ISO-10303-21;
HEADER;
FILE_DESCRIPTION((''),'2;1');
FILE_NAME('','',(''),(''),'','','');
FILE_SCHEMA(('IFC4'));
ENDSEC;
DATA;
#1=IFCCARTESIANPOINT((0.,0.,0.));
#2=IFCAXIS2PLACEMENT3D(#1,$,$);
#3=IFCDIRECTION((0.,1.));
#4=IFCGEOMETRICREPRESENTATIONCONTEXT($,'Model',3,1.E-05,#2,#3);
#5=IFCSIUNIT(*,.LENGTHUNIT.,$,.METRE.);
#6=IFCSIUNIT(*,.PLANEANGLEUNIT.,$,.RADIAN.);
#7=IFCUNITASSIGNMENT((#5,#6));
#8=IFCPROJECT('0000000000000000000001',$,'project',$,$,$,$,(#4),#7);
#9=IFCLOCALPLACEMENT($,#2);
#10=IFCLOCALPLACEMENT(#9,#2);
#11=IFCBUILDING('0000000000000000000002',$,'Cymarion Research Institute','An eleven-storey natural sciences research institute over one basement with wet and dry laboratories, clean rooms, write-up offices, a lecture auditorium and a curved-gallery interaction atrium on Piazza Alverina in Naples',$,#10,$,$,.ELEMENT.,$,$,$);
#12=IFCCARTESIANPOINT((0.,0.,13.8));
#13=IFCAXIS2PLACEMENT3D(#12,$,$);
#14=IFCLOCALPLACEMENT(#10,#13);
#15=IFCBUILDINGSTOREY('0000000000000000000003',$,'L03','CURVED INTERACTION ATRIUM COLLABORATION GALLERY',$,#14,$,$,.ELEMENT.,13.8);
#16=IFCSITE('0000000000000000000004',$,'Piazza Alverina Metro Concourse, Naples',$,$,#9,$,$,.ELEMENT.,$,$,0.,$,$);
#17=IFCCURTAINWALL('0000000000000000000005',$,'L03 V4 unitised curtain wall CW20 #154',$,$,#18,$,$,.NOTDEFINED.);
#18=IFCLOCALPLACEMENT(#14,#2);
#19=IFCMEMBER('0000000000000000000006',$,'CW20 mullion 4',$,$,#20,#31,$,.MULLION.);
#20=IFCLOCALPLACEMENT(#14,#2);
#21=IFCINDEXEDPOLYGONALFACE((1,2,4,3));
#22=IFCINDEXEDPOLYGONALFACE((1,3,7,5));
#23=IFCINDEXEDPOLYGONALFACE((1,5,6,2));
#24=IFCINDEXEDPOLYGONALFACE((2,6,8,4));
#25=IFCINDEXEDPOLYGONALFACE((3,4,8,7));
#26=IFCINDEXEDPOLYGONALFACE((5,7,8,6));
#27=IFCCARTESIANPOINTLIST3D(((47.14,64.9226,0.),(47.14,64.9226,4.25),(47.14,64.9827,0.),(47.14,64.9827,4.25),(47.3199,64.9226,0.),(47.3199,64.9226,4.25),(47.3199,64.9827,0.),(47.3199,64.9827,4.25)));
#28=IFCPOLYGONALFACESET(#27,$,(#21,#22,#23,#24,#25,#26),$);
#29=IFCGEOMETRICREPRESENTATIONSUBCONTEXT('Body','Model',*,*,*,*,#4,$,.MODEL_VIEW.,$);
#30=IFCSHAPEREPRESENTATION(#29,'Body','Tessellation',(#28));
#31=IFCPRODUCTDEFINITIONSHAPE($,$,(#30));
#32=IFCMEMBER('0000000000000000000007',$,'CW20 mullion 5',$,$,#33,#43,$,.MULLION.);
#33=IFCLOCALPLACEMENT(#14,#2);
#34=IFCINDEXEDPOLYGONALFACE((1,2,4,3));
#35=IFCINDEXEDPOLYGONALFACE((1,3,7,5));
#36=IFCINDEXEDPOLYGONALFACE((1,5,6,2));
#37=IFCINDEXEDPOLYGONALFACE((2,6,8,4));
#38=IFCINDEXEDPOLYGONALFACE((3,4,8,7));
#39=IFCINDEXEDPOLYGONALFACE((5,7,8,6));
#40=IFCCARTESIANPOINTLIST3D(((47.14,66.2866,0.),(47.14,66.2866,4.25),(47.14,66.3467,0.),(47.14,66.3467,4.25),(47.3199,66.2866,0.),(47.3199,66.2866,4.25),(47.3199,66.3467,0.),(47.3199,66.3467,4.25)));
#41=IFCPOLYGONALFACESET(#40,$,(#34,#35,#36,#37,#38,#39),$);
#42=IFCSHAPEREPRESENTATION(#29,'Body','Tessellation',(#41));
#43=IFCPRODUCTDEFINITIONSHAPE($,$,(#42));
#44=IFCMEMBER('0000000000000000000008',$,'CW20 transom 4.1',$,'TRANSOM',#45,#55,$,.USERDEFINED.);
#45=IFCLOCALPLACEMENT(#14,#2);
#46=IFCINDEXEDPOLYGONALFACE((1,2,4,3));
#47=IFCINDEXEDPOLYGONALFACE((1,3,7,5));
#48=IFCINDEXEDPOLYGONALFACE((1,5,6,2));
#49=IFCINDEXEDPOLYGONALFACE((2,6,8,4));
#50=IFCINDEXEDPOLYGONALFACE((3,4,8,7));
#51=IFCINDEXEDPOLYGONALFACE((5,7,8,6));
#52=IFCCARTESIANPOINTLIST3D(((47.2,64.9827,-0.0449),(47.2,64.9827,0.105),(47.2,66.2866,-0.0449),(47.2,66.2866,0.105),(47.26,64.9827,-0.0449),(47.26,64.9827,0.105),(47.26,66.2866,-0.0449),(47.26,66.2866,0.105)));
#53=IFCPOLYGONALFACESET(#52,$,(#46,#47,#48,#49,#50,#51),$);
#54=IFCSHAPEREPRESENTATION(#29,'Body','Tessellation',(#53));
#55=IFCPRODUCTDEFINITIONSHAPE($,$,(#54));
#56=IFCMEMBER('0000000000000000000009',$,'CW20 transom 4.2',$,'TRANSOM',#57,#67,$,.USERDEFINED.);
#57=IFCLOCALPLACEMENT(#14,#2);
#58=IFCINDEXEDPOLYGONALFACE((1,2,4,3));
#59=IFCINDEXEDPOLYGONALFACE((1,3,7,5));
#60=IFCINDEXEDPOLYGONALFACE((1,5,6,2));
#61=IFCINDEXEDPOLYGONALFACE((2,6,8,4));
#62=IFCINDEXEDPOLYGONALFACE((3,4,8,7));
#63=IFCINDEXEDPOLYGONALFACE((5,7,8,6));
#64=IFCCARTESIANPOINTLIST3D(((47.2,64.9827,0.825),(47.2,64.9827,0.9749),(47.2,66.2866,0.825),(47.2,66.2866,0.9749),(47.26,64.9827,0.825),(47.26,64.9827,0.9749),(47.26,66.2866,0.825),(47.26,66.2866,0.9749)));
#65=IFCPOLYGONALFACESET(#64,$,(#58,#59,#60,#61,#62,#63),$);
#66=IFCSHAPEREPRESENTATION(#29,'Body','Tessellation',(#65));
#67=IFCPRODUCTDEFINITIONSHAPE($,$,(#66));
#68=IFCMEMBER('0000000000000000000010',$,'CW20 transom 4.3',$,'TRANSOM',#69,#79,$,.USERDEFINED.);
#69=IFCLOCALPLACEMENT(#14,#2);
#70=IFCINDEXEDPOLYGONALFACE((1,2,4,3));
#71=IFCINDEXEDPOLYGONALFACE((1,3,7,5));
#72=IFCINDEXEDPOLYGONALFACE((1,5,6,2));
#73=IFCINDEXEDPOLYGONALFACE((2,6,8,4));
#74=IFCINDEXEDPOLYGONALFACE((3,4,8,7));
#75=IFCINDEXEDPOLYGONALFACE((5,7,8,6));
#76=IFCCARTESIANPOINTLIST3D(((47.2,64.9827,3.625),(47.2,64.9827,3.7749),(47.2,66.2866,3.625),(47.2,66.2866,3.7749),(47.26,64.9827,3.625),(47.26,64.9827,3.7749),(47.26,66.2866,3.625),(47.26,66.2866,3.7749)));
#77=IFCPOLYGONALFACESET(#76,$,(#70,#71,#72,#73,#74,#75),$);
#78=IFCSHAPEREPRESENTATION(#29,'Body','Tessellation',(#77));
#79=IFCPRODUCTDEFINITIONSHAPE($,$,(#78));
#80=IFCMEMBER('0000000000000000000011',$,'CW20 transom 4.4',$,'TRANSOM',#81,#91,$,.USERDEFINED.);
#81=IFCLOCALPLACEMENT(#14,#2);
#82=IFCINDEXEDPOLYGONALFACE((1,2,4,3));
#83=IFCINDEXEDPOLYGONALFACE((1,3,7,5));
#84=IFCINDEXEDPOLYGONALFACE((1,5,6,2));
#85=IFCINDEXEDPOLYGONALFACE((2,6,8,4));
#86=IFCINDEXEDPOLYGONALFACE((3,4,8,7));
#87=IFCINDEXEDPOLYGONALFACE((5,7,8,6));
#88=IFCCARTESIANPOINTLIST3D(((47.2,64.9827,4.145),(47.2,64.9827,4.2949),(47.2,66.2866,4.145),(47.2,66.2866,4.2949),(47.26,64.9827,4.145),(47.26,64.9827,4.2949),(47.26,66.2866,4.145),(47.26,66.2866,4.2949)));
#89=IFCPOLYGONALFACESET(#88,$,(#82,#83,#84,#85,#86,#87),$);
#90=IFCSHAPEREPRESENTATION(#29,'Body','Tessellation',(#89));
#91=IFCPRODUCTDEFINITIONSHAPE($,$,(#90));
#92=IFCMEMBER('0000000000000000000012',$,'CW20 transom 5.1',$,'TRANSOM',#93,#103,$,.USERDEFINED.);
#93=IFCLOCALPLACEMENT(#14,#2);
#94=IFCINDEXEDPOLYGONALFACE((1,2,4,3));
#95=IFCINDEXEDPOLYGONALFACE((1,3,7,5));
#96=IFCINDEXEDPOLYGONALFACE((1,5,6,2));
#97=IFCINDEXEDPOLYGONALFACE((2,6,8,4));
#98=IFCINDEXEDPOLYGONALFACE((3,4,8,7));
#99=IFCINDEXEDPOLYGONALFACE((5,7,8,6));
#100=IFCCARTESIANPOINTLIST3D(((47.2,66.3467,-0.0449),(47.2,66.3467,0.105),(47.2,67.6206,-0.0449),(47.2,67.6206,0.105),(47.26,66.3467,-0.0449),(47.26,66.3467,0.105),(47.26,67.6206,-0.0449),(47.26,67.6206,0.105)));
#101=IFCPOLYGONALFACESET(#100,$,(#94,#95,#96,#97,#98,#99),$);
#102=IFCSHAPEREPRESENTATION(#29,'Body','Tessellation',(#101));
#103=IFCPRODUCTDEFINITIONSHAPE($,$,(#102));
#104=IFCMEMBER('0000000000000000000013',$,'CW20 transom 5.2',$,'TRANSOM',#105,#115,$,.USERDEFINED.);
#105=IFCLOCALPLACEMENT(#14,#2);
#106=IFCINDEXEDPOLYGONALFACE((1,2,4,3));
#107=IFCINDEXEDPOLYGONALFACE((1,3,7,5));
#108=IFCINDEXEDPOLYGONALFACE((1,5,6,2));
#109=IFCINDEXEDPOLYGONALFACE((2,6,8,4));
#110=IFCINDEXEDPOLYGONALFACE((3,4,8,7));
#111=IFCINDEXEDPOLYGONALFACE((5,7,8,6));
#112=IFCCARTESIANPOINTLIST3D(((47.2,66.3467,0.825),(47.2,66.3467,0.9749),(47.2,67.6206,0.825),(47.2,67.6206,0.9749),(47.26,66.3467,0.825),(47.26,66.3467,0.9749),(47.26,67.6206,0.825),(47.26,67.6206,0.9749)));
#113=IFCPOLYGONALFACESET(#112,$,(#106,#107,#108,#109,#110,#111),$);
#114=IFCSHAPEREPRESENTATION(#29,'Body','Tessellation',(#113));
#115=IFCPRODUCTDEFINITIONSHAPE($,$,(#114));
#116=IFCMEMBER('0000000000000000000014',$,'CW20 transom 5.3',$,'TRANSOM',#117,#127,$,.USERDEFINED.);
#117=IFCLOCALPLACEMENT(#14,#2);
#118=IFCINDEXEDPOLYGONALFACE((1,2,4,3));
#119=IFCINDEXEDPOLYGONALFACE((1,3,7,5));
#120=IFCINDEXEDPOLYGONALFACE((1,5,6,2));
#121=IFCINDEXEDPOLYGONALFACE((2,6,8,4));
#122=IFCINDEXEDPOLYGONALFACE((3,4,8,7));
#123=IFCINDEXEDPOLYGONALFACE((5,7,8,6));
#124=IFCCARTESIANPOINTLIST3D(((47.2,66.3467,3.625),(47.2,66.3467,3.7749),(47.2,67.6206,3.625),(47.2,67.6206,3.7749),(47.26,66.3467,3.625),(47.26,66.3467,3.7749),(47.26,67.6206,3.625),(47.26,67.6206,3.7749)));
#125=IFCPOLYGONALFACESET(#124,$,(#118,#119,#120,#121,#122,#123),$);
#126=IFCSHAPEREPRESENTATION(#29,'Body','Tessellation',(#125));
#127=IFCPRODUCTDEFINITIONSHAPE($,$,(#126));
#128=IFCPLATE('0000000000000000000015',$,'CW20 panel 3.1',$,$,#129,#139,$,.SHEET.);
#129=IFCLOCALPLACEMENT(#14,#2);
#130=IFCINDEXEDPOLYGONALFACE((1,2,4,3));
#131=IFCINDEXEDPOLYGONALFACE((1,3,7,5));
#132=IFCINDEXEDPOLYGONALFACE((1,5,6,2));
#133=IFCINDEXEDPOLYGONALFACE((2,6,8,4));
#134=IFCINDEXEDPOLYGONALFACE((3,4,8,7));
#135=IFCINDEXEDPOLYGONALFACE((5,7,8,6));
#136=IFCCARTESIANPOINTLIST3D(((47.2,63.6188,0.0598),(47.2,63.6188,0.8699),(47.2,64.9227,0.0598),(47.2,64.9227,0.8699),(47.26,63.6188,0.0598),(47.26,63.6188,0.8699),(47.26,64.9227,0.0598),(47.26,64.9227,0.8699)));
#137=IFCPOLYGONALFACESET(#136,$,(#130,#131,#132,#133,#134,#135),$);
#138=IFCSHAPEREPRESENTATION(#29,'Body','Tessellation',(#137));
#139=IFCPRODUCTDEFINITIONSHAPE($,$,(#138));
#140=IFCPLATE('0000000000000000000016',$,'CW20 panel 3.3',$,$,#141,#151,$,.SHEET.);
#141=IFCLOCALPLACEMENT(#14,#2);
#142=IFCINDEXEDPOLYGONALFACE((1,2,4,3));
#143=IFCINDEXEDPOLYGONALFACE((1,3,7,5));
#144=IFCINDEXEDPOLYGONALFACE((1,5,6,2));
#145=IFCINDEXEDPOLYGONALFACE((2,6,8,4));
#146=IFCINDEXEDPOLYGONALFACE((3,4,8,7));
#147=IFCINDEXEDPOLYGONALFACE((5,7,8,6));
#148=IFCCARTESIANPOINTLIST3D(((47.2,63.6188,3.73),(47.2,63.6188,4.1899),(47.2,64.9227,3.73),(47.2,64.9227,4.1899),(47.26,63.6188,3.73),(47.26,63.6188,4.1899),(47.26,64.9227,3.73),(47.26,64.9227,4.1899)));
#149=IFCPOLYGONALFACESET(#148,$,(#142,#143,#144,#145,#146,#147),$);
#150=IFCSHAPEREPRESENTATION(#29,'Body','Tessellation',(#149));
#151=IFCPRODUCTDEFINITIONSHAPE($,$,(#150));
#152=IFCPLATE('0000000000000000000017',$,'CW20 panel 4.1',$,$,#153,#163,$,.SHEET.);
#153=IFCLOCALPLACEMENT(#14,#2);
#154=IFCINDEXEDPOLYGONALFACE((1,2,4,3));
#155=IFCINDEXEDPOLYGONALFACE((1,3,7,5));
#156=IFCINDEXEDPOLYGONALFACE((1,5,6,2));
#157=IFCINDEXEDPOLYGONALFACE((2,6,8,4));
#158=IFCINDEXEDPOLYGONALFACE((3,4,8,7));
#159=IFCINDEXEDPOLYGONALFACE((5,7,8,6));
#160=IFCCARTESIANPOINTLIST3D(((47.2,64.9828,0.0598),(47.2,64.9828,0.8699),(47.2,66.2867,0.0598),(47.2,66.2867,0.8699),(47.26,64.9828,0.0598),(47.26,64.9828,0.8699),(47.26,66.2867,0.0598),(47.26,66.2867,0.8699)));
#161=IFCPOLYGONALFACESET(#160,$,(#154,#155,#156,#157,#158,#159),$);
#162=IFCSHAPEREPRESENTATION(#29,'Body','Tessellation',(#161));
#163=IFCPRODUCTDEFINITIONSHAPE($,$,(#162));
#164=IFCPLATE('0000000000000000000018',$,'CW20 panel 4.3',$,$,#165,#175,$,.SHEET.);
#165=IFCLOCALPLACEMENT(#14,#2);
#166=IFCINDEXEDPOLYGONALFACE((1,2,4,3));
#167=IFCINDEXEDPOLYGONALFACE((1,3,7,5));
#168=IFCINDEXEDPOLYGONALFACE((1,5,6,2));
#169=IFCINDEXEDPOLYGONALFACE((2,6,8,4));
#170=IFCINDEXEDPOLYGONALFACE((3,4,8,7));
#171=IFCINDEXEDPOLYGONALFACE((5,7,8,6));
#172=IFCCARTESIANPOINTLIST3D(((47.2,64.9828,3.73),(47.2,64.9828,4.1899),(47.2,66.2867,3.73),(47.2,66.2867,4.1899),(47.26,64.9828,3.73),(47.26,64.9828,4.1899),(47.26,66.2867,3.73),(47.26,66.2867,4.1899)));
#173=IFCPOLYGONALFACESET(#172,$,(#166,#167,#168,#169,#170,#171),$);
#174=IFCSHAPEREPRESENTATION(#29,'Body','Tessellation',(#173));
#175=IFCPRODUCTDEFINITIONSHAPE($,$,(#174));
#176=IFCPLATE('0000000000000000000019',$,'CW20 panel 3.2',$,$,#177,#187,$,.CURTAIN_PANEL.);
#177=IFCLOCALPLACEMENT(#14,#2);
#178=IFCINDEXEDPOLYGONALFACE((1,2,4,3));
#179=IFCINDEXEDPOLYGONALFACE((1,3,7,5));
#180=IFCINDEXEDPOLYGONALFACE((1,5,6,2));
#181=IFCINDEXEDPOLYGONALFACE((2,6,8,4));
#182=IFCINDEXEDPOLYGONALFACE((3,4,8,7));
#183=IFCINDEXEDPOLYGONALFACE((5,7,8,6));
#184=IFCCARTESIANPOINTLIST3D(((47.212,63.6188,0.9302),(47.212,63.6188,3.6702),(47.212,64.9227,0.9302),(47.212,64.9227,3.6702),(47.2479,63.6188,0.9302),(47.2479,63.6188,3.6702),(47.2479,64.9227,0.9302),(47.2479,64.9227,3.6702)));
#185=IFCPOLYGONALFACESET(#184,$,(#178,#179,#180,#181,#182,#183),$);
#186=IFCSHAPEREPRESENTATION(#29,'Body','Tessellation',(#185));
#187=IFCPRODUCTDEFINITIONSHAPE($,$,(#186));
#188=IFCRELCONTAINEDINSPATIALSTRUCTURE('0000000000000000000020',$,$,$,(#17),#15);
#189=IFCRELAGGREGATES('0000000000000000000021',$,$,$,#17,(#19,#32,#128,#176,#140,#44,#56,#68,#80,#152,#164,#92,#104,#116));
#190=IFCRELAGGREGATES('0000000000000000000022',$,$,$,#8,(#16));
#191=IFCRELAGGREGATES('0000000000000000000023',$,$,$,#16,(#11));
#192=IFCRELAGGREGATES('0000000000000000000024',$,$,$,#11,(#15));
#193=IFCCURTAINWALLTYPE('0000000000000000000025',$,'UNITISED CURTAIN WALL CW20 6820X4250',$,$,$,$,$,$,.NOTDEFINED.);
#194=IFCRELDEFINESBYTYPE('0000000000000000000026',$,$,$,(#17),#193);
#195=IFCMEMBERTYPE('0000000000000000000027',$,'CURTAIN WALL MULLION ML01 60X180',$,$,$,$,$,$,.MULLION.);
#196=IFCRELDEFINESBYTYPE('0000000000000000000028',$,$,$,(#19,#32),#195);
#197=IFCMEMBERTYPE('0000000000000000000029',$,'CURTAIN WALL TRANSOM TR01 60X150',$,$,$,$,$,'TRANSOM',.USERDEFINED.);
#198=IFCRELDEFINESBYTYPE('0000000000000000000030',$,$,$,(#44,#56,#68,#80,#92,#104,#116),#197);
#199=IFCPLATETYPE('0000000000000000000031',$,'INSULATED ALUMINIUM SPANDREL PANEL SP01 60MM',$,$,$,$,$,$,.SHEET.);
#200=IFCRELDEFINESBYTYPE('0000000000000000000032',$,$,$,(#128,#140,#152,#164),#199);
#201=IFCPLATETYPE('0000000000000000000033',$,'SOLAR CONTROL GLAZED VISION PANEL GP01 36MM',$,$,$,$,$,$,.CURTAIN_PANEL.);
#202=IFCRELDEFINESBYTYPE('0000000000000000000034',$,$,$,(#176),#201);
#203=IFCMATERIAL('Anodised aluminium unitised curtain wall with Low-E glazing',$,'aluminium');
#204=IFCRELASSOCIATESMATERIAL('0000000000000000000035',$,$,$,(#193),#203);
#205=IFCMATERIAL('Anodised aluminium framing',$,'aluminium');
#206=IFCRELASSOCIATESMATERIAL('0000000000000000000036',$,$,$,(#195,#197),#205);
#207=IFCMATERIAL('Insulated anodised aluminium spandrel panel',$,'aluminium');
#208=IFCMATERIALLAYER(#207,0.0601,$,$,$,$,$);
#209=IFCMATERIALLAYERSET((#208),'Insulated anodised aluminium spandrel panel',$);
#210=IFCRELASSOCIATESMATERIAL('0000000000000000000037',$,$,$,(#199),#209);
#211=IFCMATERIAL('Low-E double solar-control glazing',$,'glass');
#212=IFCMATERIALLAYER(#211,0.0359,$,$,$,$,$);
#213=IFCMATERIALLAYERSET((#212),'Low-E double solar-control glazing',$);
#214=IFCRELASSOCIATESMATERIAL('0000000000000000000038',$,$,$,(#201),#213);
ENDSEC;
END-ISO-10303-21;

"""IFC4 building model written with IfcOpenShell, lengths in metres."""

from ifc_helpers import new_model, si_unit, direction, frame, origin, origin_2d, place, context, subcontext, project, spatial, rectangle, extrude, material, layer, layer_set, material_profile, profile_set, type_object, element, aggregate, save


model = new_model("IFC4")

# Units and contexts
model_context = context("Model", 3, precision=1e-05, world=origin(), true_north=direction((0.0, 1.0)))
body_context = subcontext(model_context, "Body", "Model", "MODEL_VIEW")
ifc_project = project(units=[si_unit("LENGTHUNIT", "METRE"), si_unit("PLANEANGLEUNIT", "RADIAN")], contexts=[model_context])

# Site, building, storey
site_placement = place(None, origin())
site = spatial("IfcSite", under=ifc_project, at=site_placement, Name="Piazza Alverina Metro Concourse, Naples", CompositionType="ELEMENT", RefElevation=0.0)
building_placement = place(site_placement, origin())
building = spatial("IfcBuilding", under=site, at=building_placement, Name="Cymarion Research Institute", Description="An eleven-storey natural sciences research institute over one basement with wet and dry laboratories, clean rooms, write-up offices, a lecture auditorium and a curved-gallery interaction atrium on Piazza Alverina in Naples", CompositionType="ELEMENT")
storey_placement = place(building_placement, frame((0.0, 0.0, 13.8)))
storey = spatial("IfcBuildingStorey", under=building, at=storey_placement, Name="L03", Description="CURVED INTERACTION ATRIUM COLLABORATION GALLERY", CompositionType="ELEMENT", Elevation=13.8)

# Curtain wall, members, plates
ifc_material_1 = material(Name="Anodised aluminium unitised curtain wall with Low-E glazing", Category="aluminium")
curtain_wall_type = type_object("IfcCurtainWallType", Name="UNITISED CURTAIN WALL CW20 6820X4250", PredefinedType="NOTDEFINED", material=ifc_material_1)
curtain_wall_placement = place(storey_placement, origin())
curtain_wall = element("IfcCurtainWall", 1, at=curtain_wall_placement, inside=storey, type_object=curtain_wall_type, Name="L03 V4 unitised curtain wall CW20 #154", PredefinedType="NOTDEFINED")
ifc_material_2 = material(Name="Anodised aluminium framing", Category="aluminium")
ifc_material_profile_1 = material_profile(ifc_material_2, rectangle(XDim=0.0601, YDim=0.1799, at=origin_2d()), Name="ALU MULLION 60x180")
ifc_profile_set_1 = profile_set([ifc_material_profile_1], Name="Anodised aluminium framing")
member_type_1 = type_object("IfcMemberType", Name="CURTAIN WALL MULLION ML01 60X180", PredefinedType="MULLION", material=ifc_profile_set_1)
member_1_placement = place(storey_placement, frame((47.23, 64.9526, 0.0), z_axis=(0.0, 0.0, 1.0), x_axis=(0.0, 1.0, 0.0)))
member_1 = element("IfcMember", 2, at=member_1_placement, type_object=member_type_1, Name="CW20 mullion 4", PredefinedType="MULLION", context=body_context, shape_type="SweptSolid", body=[
    extrude(rectangle(XDim=0.0601, YDim=0.1799, at=origin_2d()), origin(), (0.0, 0.0, 1.0), 4.25),
])
member_2_placement = place(storey_placement, frame((47.23, 66.3167, 0.0), z_axis=(0.0, 0.0, 1.0), x_axis=(0.0, 1.0, 0.0)))
member_2 = element("IfcMember", 3, at=member_2_placement, type_object=member_type_1, Name="CW20 mullion 5", PredefinedType="MULLION", context=body_context, shape_type="SweptSolid", body=[
    extrude(rectangle(XDim=0.0601, YDim=0.1799, at=origin_2d()), origin(), (0.0, 0.0, 1.0), 4.25),
])
ifc_material_profile_2 = material_profile(ifc_material_2, rectangle(XDim=0.0601, YDim=0.1499, at=origin_2d()), Name="ALU TRANSOM 60x150")
ifc_profile_set_2 = profile_set([ifc_material_profile_2], Name="Anodised aluminium framing")
member_type_2 = type_object("IfcMemberType", Name="CURTAIN WALL TRANSOM TR01 60X150", ElementType="TRANSOM", PredefinedType="USERDEFINED", material=ifc_profile_set_2)
member_3_placement = place(storey_placement, frame((47.23, 64.9827, 0.03), z_axis=(0.0, 1.0, 0.0), x_axis=(-1.0, 0.0, 0.0)))
member_3 = element("IfcMember", 4, at=member_3_placement, type_object=member_type_2, Name="CW20 transom 4.1", ObjectType="TRANSOM", PredefinedType="USERDEFINED", context=body_context, shape_type="SweptSolid", body=[
    extrude(rectangle(XDim=0.0601, YDim=0.1499, at=origin_2d()), origin(), (0.0, 0.0, 1.0), 1.304),
])
member_4_placement = place(storey_placement, frame((47.23, 64.9827, 0.8999), z_axis=(0.0, 1.0, 0.0), x_axis=(-1.0, 0.0, 0.0)))
member_4 = element("IfcMember", 5, at=member_4_placement, type_object=member_type_2, Name="CW20 transom 4.2", ObjectType="TRANSOM", PredefinedType="USERDEFINED", context=body_context, shape_type="SweptSolid", body=[
    extrude(rectangle(XDim=0.0601, YDim=0.1499, at=origin_2d()), origin(), (0.0, 0.0, 1.0), 1.304),
])
member_5_placement = place(storey_placement, frame((47.23, 64.9827, 3.7), z_axis=(0.0, 1.0, 0.0), x_axis=(-1.0, 0.0, 0.0)))
member_5 = element("IfcMember", 6, at=member_5_placement, type_object=member_type_2, Name="CW20 transom 4.3", ObjectType="TRANSOM", PredefinedType="USERDEFINED", context=body_context, shape_type="SweptSolid", body=[
    extrude(rectangle(XDim=0.0601, YDim=0.1499, at=origin_2d()), origin(), (0.0, 0.0, 1.0), 1.304),
])
member_6_placement = place(storey_placement, frame((47.23, 64.9827, 4.22), z_axis=(0.0, 1.0, 0.0), x_axis=(-1.0, 0.0, 0.0)))
member_6 = element("IfcMember", 7, at=member_6_placement, type_object=member_type_2, Name="CW20 transom 4.4", ObjectType="TRANSOM", PredefinedType="USERDEFINED", context=body_context, shape_type="SweptSolid", body=[
    extrude(rectangle(XDim=0.0601, YDim=0.1499, at=origin_2d()), origin(), (0.0, 0.0, 1.0), 1.304),
])
member_7_placement = place(storey_placement, frame((47.23, 66.3467, 0.03), z_axis=(0.0, 1.0, 0.0), x_axis=(-1.0, 0.0, 0.0)))
member_7 = element("IfcMember", 8, at=member_7_placement, type_object=member_type_2, Name="CW20 transom 5.1", ObjectType="TRANSOM", PredefinedType="USERDEFINED", context=body_context, shape_type="SweptSolid", body=[
    extrude(rectangle(XDim=0.0601, YDim=0.1499, at=origin_2d()), origin(), (0.0, 0.0, 1.0), 1.2739),
])
member_8_placement = place(storey_placement, frame((47.23, 66.3467, 0.8999), z_axis=(0.0, 1.0, 0.0), x_axis=(-1.0, 0.0, 0.0)))
member_8 = element("IfcMember", 9, at=member_8_placement, type_object=member_type_2, Name="CW20 transom 5.2", ObjectType="TRANSOM", PredefinedType="USERDEFINED", context=body_context, shape_type="SweptSolid", body=[
    extrude(rectangle(XDim=0.0601, YDim=0.1499, at=origin_2d()), origin(), (0.0, 0.0, 1.0), 1.2739),
])
member_9_placement = place(storey_placement, frame((47.23, 66.3467, 3.7), z_axis=(0.0, 1.0, 0.0), x_axis=(-1.0, 0.0, 0.0)))
member_9 = element("IfcMember", 10, at=member_9_placement, type_object=member_type_2, Name="CW20 transom 5.3", ObjectType="TRANSOM", PredefinedType="USERDEFINED", context=body_context, shape_type="SweptSolid", body=[
    extrude(rectangle(XDim=0.0601, YDim=0.1499, at=origin_2d()), origin(), (0.0, 0.0, 1.0), 1.2739),
])
ifc_material_3 = material(Name="Insulated anodised aluminium spandrel panel", Category="aluminium")
ifc_layer_1 = layer(ifc_material_3, 0.0601)
ifc_layer_set_1 = layer_set([ifc_layer_1], Name="Insulated anodised aluminium spandrel panel")
plate_type_1 = type_object("IfcPlateType", Name="INSULATED ALUMINIUM SPANDREL PANEL SP01 60MM", PredefinedType="SHEET", material=ifc_layer_set_1)
plate_1_placement = place(storey_placement, frame((47.23, 64.2708, 0.0598), z_axis=(0.0, 0.0, 1.0), x_axis=(0.0, 1.0, 0.0)))
plate_1 = element("IfcPlate", 11, at=plate_1_placement, type_object=plate_type_1, Name="CW20 panel 3.1", PredefinedType="SHEET", context=body_context, shape_type="SweptSolid", body=[
    extrude(rectangle(XDim=1.304, YDim=0.0601, at=origin_2d()), origin(), (0.0, 0.0, 1.0), 0.8101),
])
plate_2_placement = place(storey_placement, frame((47.23, 64.2708, 3.73), z_axis=(0.0, 0.0, 1.0), x_axis=(0.0, 1.0, 0.0)))
plate_2 = element("IfcPlate", 12, at=plate_2_placement, type_object=plate_type_1, Name="CW20 panel 3.3", PredefinedType="SHEET", context=body_context, shape_type="SweptSolid", body=[
    extrude(rectangle(XDim=1.304, YDim=0.0601, at=origin_2d()), origin(), (0.0, 0.0, 1.0), 0.46),
])
plate_3_placement = place(storey_placement, frame((47.23, 65.6348, 0.0598), z_axis=(0.0, 0.0, 1.0), x_axis=(0.0, 1.0, 0.0)))
plate_3 = element("IfcPlate", 13, at=plate_3_placement, type_object=plate_type_1, Name="CW20 panel 4.1", PredefinedType="SHEET", context=body_context, shape_type="SweptSolid", body=[
    extrude(rectangle(XDim=1.304, YDim=0.0601, at=origin_2d()), origin(), (0.0, 0.0, 1.0), 0.8101),
])
plate_4_placement = place(storey_placement, frame((47.23, 65.6348, 3.73), z_axis=(0.0, 0.0, 1.0), x_axis=(0.0, 1.0, 0.0)))
plate_4 = element("IfcPlate", 14, at=plate_4_placement, type_object=plate_type_1, Name="CW20 panel 4.3", PredefinedType="SHEET", context=body_context, shape_type="SweptSolid", body=[
    extrude(rectangle(XDim=1.304, YDim=0.0601, at=origin_2d()), origin(), (0.0, 0.0, 1.0), 0.46),
])
ifc_material_4 = material(Name="Low-E double solar-control glazing", Category="glass")
ifc_layer_2 = layer(ifc_material_4, 0.0359)
ifc_layer_set_2 = layer_set([ifc_layer_2], Name="Low-E double solar-control glazing")
plate_type_2 = type_object("IfcPlateType", Name="SOLAR CONTROL GLAZED VISION PANEL GP01 36MM", PredefinedType="CURTAIN_PANEL", material=ifc_layer_set_2)
plate_5_placement = place(storey_placement, frame((47.23, 64.2708, 0.9302), z_axis=(0.0, 0.0, 1.0), x_axis=(0.0, 1.0, 0.0)))
plate_5 = element("IfcPlate", 15, at=plate_5_placement, type_object=plate_type_2, Name="CW20 panel 3.2", PredefinedType="CURTAIN_PANEL", context=body_context, shape_type="SweptSolid", body=[
    extrude(rectangle(XDim=1.304, YDim=0.0359, at=origin_2d()), origin(), (0.0, 0.0, 1.0), 2.74),
])
aggregate(curtain_wall, [member_1, member_2, plate_1, plate_5, plate_2, member_3, member_4, member_5, member_6, plate_3, plate_4, member_7, member_8, member_9])

save(model, "model.ifc")
